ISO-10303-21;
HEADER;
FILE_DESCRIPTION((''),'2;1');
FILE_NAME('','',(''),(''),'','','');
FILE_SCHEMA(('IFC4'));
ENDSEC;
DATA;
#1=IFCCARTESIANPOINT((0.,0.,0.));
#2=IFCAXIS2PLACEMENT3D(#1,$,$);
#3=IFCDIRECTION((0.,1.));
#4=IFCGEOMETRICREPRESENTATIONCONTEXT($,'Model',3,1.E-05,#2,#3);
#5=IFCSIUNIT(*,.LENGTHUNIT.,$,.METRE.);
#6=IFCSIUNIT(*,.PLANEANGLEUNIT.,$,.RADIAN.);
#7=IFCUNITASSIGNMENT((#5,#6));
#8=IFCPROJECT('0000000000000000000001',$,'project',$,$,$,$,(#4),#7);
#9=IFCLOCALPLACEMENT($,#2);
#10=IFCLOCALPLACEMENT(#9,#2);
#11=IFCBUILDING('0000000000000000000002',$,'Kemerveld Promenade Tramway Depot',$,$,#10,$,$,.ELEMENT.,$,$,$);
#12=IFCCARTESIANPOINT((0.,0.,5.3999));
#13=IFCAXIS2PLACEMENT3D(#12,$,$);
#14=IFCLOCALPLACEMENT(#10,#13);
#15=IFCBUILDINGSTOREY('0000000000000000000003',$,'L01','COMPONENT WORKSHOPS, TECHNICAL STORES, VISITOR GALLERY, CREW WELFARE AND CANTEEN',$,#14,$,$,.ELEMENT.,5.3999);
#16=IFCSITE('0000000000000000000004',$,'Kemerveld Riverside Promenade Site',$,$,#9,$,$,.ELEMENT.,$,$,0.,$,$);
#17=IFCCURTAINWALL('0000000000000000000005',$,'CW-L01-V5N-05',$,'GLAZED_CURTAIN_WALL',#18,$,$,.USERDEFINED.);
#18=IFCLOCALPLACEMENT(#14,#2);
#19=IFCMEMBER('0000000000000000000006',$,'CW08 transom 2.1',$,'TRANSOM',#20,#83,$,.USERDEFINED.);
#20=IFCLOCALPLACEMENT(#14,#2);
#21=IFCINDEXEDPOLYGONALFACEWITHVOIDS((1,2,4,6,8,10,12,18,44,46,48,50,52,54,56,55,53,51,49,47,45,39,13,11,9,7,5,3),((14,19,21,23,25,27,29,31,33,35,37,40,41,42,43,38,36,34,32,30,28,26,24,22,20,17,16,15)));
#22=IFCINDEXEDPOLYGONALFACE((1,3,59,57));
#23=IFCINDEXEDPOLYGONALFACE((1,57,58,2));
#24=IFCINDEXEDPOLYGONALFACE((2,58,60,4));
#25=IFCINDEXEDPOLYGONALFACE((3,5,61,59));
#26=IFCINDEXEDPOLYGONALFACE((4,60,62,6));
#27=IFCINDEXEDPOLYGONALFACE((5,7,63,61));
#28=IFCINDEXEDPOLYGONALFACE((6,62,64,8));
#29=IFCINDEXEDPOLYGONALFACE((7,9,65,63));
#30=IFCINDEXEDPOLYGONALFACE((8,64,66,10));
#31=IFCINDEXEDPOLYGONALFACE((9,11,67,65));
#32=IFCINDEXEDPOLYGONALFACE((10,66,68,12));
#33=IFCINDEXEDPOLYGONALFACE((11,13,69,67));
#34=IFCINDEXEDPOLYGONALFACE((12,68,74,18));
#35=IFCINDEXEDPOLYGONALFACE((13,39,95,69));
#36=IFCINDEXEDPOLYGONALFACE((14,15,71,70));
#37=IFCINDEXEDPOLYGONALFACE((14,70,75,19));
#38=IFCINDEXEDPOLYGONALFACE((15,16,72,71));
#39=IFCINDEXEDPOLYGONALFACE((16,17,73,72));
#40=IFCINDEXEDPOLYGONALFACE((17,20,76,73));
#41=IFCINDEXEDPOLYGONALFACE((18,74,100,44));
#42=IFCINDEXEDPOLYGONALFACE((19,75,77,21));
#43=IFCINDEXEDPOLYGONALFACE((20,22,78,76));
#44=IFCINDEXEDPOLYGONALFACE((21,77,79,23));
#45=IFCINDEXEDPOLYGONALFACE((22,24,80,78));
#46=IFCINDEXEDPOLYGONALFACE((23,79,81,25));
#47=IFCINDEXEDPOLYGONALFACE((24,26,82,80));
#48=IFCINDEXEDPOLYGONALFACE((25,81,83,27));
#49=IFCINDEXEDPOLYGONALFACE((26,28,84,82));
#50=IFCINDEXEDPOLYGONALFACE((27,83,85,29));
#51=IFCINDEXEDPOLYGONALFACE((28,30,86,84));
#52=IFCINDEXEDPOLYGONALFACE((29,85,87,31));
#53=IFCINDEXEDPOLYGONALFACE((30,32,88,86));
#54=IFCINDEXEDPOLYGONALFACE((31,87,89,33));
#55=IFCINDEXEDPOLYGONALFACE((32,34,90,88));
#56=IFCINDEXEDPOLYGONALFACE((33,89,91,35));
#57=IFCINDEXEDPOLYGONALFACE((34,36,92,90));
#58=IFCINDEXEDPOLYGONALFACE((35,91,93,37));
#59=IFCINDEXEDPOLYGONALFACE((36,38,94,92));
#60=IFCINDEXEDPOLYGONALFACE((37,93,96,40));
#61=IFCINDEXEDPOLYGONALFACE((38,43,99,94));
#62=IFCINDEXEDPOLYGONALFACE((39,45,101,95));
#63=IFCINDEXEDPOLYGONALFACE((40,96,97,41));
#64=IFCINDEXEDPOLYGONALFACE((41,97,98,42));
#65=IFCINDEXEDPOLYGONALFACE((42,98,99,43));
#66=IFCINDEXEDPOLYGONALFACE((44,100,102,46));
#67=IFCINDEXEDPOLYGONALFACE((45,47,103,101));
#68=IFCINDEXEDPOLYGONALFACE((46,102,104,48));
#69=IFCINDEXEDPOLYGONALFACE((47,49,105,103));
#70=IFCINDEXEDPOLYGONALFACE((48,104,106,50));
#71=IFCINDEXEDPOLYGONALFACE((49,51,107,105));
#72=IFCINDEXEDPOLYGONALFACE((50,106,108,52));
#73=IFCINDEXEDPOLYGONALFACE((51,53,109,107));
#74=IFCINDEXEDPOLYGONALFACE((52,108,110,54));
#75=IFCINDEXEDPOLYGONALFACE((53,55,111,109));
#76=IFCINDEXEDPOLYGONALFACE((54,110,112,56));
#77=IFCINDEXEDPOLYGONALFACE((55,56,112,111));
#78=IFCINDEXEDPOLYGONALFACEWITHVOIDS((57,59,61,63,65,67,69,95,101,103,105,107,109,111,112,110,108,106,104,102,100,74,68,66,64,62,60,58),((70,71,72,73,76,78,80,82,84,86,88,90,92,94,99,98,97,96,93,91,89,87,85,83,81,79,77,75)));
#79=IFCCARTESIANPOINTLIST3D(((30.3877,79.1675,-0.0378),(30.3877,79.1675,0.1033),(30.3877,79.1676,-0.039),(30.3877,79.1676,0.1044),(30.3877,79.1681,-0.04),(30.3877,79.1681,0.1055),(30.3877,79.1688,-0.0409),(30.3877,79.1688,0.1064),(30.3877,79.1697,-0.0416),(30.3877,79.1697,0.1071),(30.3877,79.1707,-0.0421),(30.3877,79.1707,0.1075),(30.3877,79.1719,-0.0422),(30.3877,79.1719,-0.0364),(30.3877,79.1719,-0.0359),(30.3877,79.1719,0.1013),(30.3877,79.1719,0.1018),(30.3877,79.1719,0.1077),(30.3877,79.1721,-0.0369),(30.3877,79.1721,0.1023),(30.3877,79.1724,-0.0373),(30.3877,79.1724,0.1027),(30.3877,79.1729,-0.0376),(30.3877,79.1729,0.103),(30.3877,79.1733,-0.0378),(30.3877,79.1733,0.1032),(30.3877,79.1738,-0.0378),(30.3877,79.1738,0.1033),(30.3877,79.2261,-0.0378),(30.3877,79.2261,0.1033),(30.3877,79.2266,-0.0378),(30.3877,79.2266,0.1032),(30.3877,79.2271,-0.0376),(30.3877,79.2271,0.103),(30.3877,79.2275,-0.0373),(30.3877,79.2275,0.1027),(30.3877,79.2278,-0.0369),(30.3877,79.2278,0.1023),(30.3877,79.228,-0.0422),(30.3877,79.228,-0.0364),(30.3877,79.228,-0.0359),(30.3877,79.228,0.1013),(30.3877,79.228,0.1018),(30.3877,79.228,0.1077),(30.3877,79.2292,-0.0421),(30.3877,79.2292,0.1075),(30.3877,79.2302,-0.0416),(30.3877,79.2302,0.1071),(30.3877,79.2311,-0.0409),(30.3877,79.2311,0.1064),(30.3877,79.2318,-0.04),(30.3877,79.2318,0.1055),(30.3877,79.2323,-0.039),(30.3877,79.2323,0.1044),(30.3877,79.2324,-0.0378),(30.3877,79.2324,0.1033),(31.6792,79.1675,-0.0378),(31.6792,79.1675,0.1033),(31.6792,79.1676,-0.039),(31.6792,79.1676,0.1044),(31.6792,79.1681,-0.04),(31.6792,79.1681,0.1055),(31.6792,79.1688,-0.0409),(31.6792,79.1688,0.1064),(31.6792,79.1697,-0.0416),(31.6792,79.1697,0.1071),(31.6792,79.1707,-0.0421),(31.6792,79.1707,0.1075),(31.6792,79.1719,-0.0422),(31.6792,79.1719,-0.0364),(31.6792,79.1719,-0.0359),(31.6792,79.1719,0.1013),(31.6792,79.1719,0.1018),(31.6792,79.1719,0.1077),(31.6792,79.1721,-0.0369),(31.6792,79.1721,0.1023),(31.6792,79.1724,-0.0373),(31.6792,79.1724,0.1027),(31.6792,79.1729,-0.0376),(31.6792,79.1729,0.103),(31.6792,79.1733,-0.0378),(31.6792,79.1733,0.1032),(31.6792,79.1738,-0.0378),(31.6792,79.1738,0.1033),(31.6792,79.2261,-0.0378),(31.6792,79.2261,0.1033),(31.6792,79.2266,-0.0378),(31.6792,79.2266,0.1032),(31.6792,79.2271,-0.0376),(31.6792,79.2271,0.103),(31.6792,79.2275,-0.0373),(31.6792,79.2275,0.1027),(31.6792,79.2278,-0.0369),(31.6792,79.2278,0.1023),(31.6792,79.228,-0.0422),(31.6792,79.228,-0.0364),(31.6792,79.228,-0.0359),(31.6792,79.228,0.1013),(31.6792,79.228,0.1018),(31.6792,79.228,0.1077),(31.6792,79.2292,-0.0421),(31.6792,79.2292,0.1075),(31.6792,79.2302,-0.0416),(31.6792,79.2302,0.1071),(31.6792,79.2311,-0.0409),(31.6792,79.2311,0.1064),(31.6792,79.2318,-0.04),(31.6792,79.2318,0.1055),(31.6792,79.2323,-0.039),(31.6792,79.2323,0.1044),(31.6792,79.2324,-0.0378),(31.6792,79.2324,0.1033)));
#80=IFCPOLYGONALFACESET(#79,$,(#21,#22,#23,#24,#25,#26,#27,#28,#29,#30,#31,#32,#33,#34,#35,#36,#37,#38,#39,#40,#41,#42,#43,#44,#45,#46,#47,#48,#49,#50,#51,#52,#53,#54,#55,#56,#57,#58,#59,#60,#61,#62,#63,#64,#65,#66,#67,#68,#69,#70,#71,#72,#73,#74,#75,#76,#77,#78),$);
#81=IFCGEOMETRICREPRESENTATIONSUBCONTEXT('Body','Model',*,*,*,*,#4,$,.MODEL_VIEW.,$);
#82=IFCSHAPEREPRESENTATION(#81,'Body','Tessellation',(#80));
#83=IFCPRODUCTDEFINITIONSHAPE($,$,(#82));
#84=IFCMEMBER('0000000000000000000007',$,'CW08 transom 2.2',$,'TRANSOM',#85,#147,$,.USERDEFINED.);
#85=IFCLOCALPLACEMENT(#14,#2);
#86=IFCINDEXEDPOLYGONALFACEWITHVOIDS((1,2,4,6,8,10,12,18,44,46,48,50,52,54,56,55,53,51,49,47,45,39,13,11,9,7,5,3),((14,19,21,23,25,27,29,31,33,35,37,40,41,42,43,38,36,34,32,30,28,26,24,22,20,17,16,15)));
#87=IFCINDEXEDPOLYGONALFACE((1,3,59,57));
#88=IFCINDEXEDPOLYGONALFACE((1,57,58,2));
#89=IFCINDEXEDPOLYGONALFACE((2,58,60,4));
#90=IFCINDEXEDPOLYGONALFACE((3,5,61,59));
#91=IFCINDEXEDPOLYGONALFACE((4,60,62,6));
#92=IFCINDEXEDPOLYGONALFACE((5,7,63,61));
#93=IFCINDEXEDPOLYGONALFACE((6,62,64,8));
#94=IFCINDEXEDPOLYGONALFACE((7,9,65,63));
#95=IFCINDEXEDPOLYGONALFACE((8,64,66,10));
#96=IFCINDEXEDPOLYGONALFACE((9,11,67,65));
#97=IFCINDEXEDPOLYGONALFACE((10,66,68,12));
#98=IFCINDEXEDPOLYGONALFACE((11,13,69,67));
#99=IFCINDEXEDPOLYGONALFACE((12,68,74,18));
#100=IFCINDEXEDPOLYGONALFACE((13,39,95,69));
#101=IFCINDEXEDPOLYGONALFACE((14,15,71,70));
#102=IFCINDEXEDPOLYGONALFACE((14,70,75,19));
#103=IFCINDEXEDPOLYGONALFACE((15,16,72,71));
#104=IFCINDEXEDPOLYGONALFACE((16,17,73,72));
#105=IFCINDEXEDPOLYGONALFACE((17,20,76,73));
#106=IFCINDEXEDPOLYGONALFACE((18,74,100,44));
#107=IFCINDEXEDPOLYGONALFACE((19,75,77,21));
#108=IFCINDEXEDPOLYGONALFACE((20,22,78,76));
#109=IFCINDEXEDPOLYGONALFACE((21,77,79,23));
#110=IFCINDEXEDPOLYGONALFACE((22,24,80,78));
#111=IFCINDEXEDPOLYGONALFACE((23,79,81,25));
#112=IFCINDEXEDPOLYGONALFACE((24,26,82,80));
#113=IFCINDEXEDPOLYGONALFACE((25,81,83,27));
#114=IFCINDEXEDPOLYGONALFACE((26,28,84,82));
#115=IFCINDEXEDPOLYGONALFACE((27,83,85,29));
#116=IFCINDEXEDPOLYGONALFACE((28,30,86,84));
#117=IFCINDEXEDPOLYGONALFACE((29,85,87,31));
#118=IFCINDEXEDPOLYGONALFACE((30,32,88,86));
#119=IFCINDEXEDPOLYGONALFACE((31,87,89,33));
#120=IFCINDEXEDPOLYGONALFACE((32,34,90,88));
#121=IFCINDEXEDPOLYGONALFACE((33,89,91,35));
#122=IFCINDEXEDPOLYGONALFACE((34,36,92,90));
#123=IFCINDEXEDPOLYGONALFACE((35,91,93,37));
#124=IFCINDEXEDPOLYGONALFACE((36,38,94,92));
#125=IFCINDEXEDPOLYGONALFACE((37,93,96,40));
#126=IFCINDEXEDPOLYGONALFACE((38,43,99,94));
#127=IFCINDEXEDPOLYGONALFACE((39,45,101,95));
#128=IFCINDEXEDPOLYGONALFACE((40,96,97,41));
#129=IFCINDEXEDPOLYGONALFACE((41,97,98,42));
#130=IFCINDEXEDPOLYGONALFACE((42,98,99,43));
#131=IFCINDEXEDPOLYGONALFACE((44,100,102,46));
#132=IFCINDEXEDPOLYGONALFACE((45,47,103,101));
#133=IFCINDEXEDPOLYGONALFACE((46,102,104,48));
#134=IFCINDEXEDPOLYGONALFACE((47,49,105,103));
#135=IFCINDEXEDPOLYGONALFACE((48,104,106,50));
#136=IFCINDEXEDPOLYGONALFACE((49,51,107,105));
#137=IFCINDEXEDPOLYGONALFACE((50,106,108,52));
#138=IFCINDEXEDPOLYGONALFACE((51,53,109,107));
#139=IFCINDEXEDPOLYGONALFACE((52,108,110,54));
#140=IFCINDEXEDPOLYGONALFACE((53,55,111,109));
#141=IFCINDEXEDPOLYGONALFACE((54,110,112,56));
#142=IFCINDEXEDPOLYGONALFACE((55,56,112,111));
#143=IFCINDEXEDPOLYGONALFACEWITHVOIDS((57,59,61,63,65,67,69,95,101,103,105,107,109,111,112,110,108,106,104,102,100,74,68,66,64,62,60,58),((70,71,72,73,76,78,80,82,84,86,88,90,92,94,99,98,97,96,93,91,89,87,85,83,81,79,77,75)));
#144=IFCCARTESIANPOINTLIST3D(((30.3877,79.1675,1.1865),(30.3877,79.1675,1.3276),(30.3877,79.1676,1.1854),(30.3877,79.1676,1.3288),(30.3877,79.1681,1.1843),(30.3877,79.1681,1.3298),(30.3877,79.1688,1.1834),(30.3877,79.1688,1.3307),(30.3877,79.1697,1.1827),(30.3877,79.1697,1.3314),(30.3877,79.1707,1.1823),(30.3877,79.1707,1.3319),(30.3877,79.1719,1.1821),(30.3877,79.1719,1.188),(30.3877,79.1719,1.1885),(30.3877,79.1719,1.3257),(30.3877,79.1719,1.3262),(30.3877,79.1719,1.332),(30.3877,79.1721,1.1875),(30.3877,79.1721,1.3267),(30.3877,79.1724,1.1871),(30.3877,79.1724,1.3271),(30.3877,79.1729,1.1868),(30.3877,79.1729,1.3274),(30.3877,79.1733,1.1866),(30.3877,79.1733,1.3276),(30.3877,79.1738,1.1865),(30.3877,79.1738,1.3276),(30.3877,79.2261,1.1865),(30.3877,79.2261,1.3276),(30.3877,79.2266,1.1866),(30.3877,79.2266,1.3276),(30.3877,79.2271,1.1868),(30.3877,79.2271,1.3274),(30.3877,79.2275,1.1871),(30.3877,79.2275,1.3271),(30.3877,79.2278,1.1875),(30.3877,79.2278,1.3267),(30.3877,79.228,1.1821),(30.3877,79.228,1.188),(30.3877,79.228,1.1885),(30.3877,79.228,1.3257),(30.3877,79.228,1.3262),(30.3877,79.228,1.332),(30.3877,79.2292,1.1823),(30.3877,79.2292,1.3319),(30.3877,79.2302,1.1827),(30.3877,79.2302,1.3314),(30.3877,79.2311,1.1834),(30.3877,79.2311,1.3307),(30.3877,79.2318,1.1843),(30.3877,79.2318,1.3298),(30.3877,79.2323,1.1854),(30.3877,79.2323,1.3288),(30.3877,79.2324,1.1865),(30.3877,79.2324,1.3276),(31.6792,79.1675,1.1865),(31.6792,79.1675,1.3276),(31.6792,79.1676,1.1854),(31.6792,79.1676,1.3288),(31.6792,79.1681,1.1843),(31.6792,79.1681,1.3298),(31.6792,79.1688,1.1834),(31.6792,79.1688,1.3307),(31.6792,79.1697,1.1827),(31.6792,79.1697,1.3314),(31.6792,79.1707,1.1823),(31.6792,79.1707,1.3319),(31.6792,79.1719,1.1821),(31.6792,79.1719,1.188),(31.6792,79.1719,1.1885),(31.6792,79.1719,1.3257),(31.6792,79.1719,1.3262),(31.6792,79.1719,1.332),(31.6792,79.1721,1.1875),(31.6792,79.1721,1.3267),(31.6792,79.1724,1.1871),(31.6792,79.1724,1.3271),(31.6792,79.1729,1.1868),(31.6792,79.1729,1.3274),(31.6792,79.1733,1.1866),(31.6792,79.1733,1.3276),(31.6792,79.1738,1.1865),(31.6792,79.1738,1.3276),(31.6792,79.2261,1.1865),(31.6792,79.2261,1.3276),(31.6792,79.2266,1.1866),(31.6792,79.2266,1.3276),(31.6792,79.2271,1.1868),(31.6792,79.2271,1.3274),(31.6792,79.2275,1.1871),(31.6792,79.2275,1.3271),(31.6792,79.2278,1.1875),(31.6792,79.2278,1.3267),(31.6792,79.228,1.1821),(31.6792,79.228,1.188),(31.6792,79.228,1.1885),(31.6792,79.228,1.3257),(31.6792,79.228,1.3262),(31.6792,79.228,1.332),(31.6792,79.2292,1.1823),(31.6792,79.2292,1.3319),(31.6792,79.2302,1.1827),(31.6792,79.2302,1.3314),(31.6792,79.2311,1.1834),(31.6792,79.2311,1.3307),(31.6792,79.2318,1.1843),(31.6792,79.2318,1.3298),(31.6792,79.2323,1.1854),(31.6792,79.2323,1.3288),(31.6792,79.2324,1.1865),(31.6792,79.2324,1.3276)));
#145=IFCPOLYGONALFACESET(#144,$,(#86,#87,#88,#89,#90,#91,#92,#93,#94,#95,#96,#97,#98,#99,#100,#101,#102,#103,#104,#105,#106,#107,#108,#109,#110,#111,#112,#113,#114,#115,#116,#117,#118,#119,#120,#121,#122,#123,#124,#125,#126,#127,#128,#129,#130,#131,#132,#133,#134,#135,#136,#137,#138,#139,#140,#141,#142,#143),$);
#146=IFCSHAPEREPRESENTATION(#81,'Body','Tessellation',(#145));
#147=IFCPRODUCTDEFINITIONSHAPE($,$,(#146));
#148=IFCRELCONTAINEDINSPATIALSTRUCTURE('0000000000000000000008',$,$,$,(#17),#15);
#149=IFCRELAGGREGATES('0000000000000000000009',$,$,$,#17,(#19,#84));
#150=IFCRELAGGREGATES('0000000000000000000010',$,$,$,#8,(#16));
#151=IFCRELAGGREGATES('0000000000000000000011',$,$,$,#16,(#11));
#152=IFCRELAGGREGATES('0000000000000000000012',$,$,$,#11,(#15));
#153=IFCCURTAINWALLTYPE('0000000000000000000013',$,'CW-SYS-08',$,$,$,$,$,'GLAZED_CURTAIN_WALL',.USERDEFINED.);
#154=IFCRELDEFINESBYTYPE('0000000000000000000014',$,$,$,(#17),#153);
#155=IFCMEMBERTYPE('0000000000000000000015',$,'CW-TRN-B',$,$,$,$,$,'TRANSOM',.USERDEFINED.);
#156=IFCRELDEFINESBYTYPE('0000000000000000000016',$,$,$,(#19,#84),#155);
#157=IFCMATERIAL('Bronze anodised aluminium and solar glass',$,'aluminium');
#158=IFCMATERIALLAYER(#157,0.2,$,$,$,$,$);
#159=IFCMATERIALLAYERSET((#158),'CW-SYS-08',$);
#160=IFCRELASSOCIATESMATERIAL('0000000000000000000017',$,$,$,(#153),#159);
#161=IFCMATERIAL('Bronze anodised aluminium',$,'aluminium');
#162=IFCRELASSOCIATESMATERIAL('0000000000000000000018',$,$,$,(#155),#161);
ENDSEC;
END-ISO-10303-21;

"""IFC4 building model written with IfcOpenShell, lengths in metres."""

from ifc_helpers import new_model, si_unit, direction, frame, origin, origin_2d, place, context, subcontext, project, spatial, hollow_rectangle, extrude, material, layer, layer_set, material_profile, profile_set, type_object, element, aggregate, save


model = new_model("IFC4")

# Units and contexts
model_context = context("Model", 3, precision=1e-05, world=origin(), true_north=direction((0.0, 1.0)))
body_context = subcontext(model_context, "Body", "Model", "MODEL_VIEW")
ifc_project = project(units=[si_unit("LENGTHUNIT", "METRE"), si_unit("PLANEANGLEUNIT", "RADIAN")], contexts=[model_context])

# Site, building, storey
site_placement = place(None, origin())
site = spatial("IfcSite", under=ifc_project, at=site_placement, Name="Kemerveld Riverside Promenade Site", CompositionType="ELEMENT", RefElevation=0.0)
building_placement = place(site_placement, origin())
building = spatial("IfcBuilding", under=site, at=building_placement, Name="Kemerveld Promenade Tramway Depot", CompositionType="ELEMENT")
storey_placement = place(building_placement, frame((0.0, 0.0, 5.3999)))
storey = spatial("IfcBuildingStorey", under=building, at=storey_placement, Name="L01", Description="COMPONENT WORKSHOPS, TECHNICAL STORES, VISITOR GALLERY, CREW WELFARE AND CANTEEN", CompositionType="ELEMENT", Elevation=5.3999)

# Curtain wall, members
ifc_material_1 = material(Name="Bronze anodised aluminium and solar glass", Category="aluminium")
ifc_layer_1 = layer(ifc_material_1, 0.2)
ifc_layer_set_1 = layer_set([ifc_layer_1], Name="CW-SYS-08")
curtain_wall_type = type_object("IfcCurtainWallType", Name="CW-SYS-08", ElementType="GLAZED_CURTAIN_WALL", PredefinedType="USERDEFINED", material=ifc_layer_set_1)
curtain_wall_placement = place(storey_placement, origin())
curtain_wall = element("IfcCurtainWall", 1, at=curtain_wall_placement, inside=storey, type_object=curtain_wall_type, Name="CW-L01-V5N-05", ObjectType="GLAZED_CURTAIN_WALL", PredefinedType="USERDEFINED")
ifc_material_2 = material(Name="Bronze anodised aluminium", Category="aluminium")
ifc_material_profile_1 = material_profile(ifc_material_2, hollow_rectangle(XDim=0.0649, YDim=0.1499, WallThickness=0.0044, InnerFilletRadius=0.002, OuterFilletRadius=0.0044, at=origin_2d()), Name="CW-TRN-150x65")
ifc_profile_set_1 = profile_set([ifc_material_profile_1], Name="Bronze anodised aluminium")
member_type_1 = type_object("IfcMemberType", Name="CW-TRN-B", ElementType="TRANSOM", PredefinedType="USERDEFINED", material=ifc_profile_set_1)
member_1_placement = place(storey_placement, frame((30.3877, 79.2, 0.0327), z_axis=(1.0, 0.0, 0.0), x_axis=(0.0, 1.0, 0.0)))
member_1 = element("IfcMember", 2, at=member_1_placement, type_object=member_type_1, Name="CW08 transom 2.1", ObjectType="TRANSOM", PredefinedType="USERDEFINED", context=body_context, shape_type="SweptSolid", body=[
    extrude(hollow_rectangle(XDim=0.0649, YDim=0.1499, WallThickness=0.0044, InnerFilletRadius=0.002, OuterFilletRadius=0.0044, at=origin_2d()), origin(), (0.0, 0.0, 1.0), 1.2915),
])
member_2_placement = place(storey_placement, frame((30.3877, 79.2, 1.2571), z_axis=(1.0, 0.0, 0.0), x_axis=(0.0, 1.0, 0.0)))
member_2 = element("IfcMember", 3, at=member_2_placement, type_object=member_type_1, Name="CW08 transom 2.2", ObjectType="TRANSOM", PredefinedType="USERDEFINED", context=body_context, shape_type="SweptSolid", body=[
    extrude(hollow_rectangle(XDim=0.0649, YDim=0.1499, WallThickness=0.0044, InnerFilletRadius=0.002, OuterFilletRadius=0.0044, at=origin_2d()), origin(), (0.0, 0.0, 1.0), 1.2915),
])
aggregate(curtain_wall, [member_1, member_2])

save(model, "model.ifc")
